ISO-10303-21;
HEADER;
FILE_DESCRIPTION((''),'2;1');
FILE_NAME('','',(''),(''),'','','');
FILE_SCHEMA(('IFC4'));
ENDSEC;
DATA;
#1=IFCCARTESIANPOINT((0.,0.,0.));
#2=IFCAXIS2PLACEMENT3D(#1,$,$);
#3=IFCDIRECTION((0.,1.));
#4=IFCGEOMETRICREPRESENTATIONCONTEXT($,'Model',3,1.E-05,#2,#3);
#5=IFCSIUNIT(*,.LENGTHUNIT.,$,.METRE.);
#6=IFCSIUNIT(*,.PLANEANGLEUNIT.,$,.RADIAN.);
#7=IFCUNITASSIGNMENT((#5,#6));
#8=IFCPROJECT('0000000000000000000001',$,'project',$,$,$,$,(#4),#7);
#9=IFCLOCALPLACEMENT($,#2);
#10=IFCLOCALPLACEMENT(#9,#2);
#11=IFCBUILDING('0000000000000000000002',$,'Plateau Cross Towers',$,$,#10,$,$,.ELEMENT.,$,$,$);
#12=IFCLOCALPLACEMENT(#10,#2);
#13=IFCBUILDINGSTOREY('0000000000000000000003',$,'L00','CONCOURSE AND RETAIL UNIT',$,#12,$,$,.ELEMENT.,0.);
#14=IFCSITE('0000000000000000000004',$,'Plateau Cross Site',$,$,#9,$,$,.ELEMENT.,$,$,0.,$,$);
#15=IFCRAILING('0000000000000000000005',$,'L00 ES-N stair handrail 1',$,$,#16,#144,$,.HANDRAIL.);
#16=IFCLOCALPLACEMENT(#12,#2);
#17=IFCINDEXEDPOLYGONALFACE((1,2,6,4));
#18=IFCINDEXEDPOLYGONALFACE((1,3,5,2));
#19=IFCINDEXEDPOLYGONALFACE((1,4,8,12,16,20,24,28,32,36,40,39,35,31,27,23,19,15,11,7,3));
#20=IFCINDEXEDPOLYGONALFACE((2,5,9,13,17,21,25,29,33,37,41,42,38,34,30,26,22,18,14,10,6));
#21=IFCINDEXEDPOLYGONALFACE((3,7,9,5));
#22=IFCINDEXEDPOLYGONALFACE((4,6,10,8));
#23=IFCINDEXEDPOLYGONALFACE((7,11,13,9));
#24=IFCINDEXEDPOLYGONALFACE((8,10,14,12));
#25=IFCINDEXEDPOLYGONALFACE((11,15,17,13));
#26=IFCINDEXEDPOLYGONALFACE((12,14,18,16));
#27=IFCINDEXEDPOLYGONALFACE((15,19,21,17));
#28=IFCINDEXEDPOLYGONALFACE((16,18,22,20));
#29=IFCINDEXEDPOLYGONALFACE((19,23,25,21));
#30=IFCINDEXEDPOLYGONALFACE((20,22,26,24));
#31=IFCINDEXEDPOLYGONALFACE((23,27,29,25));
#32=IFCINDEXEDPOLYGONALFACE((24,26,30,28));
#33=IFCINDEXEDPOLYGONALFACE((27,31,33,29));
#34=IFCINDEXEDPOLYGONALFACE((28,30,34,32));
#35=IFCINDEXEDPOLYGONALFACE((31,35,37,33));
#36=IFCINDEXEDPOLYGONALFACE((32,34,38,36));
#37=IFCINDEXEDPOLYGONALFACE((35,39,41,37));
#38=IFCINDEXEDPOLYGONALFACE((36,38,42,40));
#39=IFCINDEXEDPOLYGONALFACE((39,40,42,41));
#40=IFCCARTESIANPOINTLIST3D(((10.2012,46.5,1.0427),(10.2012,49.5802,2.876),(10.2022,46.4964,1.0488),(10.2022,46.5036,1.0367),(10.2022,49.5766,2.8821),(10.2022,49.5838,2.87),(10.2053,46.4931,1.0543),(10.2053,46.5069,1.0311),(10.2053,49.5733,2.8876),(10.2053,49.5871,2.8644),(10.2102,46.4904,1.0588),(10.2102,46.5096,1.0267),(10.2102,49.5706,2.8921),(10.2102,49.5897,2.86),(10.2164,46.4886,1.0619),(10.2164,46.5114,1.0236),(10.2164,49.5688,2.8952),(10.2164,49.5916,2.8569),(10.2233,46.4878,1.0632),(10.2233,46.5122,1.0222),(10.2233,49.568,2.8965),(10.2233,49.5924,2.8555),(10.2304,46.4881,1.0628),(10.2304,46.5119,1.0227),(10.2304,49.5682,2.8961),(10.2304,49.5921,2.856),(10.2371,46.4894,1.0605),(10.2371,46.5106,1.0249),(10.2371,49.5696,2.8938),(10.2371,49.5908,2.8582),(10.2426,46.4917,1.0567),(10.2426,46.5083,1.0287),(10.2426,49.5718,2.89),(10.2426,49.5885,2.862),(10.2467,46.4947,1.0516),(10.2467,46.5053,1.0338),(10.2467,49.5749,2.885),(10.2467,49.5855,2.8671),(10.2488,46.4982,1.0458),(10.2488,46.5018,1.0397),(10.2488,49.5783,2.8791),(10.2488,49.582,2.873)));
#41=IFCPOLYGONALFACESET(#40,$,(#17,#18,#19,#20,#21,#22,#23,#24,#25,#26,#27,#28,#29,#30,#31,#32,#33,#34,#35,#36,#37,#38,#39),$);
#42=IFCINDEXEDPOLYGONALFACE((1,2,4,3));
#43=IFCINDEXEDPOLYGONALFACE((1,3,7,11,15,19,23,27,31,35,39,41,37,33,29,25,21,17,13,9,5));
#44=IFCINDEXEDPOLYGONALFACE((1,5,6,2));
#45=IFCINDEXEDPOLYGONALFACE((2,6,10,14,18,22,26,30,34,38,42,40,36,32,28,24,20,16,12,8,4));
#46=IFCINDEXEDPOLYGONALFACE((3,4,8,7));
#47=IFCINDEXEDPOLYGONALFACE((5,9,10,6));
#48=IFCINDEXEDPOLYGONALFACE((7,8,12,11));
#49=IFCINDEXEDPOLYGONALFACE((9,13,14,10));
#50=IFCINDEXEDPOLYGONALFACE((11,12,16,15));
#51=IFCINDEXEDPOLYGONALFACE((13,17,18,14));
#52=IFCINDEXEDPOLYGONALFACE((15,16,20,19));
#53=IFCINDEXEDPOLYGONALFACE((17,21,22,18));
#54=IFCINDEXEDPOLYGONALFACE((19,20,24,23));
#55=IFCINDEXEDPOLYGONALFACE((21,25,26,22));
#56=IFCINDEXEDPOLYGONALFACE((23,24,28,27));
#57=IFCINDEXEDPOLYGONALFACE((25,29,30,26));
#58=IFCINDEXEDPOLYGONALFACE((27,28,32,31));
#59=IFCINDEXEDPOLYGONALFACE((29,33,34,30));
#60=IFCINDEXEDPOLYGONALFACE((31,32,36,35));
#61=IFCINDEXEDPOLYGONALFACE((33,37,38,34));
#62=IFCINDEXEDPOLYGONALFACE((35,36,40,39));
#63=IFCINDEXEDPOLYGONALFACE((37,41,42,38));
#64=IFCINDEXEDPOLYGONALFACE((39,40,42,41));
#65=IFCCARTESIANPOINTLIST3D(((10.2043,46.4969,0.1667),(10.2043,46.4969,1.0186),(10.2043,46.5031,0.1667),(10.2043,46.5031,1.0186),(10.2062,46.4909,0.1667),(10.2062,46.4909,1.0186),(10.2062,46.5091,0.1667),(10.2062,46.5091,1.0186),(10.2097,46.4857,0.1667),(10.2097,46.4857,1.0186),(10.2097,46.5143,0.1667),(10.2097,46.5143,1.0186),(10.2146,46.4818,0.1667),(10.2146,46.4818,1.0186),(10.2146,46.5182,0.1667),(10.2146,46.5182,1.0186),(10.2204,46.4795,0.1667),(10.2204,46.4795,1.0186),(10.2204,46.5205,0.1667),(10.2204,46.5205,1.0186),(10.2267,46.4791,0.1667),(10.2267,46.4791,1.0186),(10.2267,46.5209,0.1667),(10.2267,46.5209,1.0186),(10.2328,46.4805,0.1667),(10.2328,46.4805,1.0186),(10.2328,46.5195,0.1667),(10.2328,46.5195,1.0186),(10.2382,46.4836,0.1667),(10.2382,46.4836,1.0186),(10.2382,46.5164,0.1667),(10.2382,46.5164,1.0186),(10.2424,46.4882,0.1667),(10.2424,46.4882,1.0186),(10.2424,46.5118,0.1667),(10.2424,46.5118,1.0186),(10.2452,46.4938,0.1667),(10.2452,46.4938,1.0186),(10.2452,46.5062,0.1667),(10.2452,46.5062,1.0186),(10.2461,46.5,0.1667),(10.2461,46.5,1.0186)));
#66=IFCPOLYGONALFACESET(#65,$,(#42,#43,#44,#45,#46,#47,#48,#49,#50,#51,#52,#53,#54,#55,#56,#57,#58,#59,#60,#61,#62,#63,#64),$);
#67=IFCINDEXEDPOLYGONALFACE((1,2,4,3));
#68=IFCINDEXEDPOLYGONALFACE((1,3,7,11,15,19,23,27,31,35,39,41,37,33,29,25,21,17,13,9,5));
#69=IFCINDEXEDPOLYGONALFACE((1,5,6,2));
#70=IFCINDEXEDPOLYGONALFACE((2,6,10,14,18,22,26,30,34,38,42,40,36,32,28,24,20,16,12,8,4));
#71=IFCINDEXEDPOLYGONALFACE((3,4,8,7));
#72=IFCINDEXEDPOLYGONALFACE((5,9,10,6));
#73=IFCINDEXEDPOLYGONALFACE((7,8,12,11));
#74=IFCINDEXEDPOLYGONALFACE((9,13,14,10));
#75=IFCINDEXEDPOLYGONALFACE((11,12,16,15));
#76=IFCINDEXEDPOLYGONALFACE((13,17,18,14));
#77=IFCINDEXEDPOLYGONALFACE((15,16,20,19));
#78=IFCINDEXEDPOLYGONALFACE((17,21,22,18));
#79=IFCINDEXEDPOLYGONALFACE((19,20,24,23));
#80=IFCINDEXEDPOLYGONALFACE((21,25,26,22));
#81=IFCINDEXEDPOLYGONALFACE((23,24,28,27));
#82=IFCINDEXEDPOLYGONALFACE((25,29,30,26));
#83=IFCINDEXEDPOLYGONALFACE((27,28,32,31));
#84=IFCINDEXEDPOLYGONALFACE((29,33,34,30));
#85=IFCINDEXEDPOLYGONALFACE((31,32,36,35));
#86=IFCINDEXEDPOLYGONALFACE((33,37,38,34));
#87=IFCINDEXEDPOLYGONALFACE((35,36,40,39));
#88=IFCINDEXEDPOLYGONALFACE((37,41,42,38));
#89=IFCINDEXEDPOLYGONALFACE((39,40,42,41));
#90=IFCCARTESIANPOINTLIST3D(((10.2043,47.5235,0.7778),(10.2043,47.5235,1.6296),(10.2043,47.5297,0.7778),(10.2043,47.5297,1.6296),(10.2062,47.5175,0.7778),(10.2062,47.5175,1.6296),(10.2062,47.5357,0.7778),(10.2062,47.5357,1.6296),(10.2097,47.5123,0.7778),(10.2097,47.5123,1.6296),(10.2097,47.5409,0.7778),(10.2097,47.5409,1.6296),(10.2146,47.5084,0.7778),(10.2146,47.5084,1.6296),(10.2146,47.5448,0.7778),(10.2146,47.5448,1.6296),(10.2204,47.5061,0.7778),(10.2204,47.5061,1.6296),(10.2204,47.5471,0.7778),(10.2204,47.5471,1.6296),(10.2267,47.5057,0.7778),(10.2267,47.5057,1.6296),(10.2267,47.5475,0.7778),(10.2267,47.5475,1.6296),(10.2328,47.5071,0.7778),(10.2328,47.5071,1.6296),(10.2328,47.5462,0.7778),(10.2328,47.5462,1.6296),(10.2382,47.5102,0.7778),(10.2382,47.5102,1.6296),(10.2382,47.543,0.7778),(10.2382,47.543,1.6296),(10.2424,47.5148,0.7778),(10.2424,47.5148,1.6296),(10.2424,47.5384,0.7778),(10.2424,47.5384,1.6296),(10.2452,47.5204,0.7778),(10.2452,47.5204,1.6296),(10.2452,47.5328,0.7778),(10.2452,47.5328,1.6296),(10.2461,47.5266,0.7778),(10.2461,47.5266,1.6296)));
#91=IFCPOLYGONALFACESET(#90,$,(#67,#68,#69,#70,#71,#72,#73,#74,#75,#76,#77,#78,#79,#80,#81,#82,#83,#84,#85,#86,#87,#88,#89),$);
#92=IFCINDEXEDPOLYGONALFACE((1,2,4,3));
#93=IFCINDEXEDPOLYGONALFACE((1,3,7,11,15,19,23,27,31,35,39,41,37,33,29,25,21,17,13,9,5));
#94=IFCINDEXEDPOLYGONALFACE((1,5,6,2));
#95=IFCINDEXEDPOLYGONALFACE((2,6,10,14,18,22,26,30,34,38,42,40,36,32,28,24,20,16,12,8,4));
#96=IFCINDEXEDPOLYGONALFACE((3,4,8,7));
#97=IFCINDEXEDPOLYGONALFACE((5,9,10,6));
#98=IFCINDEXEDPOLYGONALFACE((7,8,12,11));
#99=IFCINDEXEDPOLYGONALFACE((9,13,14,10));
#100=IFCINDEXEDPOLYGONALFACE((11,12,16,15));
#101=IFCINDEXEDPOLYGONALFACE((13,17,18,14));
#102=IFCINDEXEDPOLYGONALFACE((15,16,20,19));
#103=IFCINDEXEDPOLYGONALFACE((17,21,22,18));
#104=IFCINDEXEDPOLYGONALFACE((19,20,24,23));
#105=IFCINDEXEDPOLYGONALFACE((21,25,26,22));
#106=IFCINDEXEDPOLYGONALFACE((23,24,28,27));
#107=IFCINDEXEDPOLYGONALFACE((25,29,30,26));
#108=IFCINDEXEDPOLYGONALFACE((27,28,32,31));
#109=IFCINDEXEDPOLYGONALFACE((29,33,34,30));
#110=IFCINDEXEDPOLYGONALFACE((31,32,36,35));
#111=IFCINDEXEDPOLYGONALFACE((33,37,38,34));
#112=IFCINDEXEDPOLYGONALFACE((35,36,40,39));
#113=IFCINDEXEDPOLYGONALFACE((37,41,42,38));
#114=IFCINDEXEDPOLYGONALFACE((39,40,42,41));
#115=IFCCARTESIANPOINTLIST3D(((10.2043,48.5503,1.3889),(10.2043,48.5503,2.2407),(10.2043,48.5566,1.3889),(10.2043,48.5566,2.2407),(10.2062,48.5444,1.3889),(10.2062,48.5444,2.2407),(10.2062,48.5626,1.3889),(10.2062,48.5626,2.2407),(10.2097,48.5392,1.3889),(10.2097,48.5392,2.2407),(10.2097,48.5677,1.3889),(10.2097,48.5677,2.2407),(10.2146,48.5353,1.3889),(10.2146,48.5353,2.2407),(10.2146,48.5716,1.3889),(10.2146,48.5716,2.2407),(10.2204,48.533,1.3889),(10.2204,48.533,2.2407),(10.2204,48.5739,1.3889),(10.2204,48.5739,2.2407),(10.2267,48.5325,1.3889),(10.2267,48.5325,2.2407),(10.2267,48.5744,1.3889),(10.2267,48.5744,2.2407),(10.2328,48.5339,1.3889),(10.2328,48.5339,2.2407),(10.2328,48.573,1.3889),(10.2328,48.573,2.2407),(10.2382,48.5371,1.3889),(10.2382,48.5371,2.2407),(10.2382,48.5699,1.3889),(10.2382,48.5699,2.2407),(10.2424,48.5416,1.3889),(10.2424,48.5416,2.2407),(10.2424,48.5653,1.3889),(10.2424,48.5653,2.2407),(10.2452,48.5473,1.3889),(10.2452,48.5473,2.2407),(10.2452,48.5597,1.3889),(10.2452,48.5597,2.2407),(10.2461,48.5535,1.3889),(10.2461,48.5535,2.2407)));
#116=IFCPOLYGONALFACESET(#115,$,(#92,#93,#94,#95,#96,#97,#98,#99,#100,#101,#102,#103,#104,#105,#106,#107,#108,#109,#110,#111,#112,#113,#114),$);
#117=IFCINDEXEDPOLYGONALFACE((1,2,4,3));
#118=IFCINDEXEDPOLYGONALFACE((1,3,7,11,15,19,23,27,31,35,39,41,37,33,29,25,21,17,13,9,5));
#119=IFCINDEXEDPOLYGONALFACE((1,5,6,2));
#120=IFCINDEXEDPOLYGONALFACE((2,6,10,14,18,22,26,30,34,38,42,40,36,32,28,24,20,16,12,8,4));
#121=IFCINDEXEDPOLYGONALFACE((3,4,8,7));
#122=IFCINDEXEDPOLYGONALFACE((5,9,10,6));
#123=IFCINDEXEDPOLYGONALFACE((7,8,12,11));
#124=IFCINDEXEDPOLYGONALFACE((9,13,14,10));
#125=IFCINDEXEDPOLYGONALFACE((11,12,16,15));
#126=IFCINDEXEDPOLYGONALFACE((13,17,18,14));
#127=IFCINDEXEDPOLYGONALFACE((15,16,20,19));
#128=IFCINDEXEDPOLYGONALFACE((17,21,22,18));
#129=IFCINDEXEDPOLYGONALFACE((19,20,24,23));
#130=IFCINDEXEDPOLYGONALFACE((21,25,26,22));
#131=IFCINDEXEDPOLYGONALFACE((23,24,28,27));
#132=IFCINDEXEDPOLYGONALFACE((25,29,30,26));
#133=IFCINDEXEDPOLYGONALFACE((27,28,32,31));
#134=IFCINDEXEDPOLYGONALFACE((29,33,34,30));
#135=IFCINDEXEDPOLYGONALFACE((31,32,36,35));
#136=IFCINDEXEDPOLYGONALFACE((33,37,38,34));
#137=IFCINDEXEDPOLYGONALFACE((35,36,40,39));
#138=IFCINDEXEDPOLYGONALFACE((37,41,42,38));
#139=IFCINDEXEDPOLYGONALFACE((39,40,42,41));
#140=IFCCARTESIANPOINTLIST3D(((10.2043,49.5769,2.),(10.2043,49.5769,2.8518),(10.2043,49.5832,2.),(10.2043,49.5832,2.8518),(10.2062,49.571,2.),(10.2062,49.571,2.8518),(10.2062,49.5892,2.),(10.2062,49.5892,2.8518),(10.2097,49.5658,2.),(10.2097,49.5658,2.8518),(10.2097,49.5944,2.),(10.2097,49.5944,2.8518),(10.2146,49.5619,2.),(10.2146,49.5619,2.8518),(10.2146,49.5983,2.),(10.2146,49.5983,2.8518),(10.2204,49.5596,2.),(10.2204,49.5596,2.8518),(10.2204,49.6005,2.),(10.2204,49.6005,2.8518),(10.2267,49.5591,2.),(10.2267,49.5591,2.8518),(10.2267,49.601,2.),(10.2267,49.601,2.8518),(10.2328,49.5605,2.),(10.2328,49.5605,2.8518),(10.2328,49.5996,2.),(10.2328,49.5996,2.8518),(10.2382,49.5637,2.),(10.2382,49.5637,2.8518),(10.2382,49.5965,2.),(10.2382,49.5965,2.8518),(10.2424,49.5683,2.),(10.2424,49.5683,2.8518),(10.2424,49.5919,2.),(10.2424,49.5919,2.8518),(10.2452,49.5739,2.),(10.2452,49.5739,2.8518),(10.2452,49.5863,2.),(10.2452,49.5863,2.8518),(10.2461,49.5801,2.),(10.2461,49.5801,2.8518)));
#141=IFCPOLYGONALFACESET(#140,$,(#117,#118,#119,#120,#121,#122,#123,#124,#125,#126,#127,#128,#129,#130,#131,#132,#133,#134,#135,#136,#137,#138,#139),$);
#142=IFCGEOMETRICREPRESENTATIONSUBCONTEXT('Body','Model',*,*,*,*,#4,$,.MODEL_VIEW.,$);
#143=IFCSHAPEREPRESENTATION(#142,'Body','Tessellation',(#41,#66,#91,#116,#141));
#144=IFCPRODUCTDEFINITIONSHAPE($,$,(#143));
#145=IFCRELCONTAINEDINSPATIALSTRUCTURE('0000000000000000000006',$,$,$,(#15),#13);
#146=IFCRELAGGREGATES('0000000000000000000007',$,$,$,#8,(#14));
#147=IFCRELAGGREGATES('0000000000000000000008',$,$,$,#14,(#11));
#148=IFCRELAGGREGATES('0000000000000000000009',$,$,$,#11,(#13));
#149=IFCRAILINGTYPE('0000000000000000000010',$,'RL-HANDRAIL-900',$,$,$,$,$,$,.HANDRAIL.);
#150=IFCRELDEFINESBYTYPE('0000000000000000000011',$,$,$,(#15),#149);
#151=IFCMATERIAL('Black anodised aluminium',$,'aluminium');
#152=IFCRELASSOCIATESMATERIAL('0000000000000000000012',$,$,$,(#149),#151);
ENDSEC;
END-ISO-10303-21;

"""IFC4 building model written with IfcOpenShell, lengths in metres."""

from ifc_helpers import new_model, si_unit, direction, frame, origin, origin_2d, place, context, subcontext, project, spatial, circle, extrude, material, type_object, element, save


model = new_model("IFC4")

# Units and contexts
model_context = context("Model", 3, precision=1e-05, world=origin(), true_north=direction((0.0, 1.0)))
body_context = subcontext(model_context, "Body", "Model", "MODEL_VIEW")
ifc_project = project(units=[si_unit("LENGTHUNIT", "METRE"), si_unit("PLANEANGLEUNIT", "RADIAN")], contexts=[model_context])

# Site, building, storey
site_placement = place(None, origin())
site = spatial("IfcSite", under=ifc_project, at=site_placement, Name="Plateau Cross Site", CompositionType="ELEMENT", RefElevation=0.0)
building_placement = place(site_placement, origin())
building = spatial("IfcBuilding", under=site, at=building_placement, Name="Plateau Cross Towers", CompositionType="ELEMENT")
storey_placement = place(building_placement, origin())
storey = spatial("IfcBuildingStorey", under=building, at=storey_placement, Name="L00", Description="CONCOURSE AND RETAIL UNIT", CompositionType="ELEMENT", Elevation=0.0)

# Shared definitions
ifc_material_1 = material(Name="Black anodised aluminium", Category="aluminium")

# Railing
railing_type_1 = type_object("IfcRailingType", Name="RL-HANDRAIL-900", PredefinedType="HANDRAIL", material=ifc_material_1)
railing_1_placement = place(storey_placement, frame((10.2251, 46.5, 0.1667)))
element("IfcRailing", 1, at=railing_1_placement, inside=storey, type_object=railing_type_1, Name="L00 ES-N stair handrail 1", PredefinedType="HANDRAIL", context=body_context, shape_type="SweptSolid", body=[
    extrude(circle(Radius=0.0239, at=origin_2d()), frame((0.0, 0.0, 0.876), z_axis=(0.0, 0.859309, 0.511458), x_axis=(-1.0, 0.0, 0.0)), (0.0, 0.0, 1.0), 3.5845),
    extrude(circle(Radius=0.021, at=origin_2d()), origin(), (0.0, 0.0, 1.0), 0.8518),
    extrude(circle(Radius=0.021, at=origin_2d()), frame((0.0, 1.0266, 0.6111)), (0.0, 0.0, 1.0), 0.8518),
    extrude(circle(Radius=0.021, at=origin_2d()), frame((0.0, 2.0535, 1.2222)), (0.0, 0.0, 1.0), 0.8518),
    extrude(circle(Radius=0.021, at=origin_2d()), frame((0.0, 3.0801, 1.8333)), (0.0, 0.0, 1.0), 0.8518),
])

save(model, "model.ifc")
